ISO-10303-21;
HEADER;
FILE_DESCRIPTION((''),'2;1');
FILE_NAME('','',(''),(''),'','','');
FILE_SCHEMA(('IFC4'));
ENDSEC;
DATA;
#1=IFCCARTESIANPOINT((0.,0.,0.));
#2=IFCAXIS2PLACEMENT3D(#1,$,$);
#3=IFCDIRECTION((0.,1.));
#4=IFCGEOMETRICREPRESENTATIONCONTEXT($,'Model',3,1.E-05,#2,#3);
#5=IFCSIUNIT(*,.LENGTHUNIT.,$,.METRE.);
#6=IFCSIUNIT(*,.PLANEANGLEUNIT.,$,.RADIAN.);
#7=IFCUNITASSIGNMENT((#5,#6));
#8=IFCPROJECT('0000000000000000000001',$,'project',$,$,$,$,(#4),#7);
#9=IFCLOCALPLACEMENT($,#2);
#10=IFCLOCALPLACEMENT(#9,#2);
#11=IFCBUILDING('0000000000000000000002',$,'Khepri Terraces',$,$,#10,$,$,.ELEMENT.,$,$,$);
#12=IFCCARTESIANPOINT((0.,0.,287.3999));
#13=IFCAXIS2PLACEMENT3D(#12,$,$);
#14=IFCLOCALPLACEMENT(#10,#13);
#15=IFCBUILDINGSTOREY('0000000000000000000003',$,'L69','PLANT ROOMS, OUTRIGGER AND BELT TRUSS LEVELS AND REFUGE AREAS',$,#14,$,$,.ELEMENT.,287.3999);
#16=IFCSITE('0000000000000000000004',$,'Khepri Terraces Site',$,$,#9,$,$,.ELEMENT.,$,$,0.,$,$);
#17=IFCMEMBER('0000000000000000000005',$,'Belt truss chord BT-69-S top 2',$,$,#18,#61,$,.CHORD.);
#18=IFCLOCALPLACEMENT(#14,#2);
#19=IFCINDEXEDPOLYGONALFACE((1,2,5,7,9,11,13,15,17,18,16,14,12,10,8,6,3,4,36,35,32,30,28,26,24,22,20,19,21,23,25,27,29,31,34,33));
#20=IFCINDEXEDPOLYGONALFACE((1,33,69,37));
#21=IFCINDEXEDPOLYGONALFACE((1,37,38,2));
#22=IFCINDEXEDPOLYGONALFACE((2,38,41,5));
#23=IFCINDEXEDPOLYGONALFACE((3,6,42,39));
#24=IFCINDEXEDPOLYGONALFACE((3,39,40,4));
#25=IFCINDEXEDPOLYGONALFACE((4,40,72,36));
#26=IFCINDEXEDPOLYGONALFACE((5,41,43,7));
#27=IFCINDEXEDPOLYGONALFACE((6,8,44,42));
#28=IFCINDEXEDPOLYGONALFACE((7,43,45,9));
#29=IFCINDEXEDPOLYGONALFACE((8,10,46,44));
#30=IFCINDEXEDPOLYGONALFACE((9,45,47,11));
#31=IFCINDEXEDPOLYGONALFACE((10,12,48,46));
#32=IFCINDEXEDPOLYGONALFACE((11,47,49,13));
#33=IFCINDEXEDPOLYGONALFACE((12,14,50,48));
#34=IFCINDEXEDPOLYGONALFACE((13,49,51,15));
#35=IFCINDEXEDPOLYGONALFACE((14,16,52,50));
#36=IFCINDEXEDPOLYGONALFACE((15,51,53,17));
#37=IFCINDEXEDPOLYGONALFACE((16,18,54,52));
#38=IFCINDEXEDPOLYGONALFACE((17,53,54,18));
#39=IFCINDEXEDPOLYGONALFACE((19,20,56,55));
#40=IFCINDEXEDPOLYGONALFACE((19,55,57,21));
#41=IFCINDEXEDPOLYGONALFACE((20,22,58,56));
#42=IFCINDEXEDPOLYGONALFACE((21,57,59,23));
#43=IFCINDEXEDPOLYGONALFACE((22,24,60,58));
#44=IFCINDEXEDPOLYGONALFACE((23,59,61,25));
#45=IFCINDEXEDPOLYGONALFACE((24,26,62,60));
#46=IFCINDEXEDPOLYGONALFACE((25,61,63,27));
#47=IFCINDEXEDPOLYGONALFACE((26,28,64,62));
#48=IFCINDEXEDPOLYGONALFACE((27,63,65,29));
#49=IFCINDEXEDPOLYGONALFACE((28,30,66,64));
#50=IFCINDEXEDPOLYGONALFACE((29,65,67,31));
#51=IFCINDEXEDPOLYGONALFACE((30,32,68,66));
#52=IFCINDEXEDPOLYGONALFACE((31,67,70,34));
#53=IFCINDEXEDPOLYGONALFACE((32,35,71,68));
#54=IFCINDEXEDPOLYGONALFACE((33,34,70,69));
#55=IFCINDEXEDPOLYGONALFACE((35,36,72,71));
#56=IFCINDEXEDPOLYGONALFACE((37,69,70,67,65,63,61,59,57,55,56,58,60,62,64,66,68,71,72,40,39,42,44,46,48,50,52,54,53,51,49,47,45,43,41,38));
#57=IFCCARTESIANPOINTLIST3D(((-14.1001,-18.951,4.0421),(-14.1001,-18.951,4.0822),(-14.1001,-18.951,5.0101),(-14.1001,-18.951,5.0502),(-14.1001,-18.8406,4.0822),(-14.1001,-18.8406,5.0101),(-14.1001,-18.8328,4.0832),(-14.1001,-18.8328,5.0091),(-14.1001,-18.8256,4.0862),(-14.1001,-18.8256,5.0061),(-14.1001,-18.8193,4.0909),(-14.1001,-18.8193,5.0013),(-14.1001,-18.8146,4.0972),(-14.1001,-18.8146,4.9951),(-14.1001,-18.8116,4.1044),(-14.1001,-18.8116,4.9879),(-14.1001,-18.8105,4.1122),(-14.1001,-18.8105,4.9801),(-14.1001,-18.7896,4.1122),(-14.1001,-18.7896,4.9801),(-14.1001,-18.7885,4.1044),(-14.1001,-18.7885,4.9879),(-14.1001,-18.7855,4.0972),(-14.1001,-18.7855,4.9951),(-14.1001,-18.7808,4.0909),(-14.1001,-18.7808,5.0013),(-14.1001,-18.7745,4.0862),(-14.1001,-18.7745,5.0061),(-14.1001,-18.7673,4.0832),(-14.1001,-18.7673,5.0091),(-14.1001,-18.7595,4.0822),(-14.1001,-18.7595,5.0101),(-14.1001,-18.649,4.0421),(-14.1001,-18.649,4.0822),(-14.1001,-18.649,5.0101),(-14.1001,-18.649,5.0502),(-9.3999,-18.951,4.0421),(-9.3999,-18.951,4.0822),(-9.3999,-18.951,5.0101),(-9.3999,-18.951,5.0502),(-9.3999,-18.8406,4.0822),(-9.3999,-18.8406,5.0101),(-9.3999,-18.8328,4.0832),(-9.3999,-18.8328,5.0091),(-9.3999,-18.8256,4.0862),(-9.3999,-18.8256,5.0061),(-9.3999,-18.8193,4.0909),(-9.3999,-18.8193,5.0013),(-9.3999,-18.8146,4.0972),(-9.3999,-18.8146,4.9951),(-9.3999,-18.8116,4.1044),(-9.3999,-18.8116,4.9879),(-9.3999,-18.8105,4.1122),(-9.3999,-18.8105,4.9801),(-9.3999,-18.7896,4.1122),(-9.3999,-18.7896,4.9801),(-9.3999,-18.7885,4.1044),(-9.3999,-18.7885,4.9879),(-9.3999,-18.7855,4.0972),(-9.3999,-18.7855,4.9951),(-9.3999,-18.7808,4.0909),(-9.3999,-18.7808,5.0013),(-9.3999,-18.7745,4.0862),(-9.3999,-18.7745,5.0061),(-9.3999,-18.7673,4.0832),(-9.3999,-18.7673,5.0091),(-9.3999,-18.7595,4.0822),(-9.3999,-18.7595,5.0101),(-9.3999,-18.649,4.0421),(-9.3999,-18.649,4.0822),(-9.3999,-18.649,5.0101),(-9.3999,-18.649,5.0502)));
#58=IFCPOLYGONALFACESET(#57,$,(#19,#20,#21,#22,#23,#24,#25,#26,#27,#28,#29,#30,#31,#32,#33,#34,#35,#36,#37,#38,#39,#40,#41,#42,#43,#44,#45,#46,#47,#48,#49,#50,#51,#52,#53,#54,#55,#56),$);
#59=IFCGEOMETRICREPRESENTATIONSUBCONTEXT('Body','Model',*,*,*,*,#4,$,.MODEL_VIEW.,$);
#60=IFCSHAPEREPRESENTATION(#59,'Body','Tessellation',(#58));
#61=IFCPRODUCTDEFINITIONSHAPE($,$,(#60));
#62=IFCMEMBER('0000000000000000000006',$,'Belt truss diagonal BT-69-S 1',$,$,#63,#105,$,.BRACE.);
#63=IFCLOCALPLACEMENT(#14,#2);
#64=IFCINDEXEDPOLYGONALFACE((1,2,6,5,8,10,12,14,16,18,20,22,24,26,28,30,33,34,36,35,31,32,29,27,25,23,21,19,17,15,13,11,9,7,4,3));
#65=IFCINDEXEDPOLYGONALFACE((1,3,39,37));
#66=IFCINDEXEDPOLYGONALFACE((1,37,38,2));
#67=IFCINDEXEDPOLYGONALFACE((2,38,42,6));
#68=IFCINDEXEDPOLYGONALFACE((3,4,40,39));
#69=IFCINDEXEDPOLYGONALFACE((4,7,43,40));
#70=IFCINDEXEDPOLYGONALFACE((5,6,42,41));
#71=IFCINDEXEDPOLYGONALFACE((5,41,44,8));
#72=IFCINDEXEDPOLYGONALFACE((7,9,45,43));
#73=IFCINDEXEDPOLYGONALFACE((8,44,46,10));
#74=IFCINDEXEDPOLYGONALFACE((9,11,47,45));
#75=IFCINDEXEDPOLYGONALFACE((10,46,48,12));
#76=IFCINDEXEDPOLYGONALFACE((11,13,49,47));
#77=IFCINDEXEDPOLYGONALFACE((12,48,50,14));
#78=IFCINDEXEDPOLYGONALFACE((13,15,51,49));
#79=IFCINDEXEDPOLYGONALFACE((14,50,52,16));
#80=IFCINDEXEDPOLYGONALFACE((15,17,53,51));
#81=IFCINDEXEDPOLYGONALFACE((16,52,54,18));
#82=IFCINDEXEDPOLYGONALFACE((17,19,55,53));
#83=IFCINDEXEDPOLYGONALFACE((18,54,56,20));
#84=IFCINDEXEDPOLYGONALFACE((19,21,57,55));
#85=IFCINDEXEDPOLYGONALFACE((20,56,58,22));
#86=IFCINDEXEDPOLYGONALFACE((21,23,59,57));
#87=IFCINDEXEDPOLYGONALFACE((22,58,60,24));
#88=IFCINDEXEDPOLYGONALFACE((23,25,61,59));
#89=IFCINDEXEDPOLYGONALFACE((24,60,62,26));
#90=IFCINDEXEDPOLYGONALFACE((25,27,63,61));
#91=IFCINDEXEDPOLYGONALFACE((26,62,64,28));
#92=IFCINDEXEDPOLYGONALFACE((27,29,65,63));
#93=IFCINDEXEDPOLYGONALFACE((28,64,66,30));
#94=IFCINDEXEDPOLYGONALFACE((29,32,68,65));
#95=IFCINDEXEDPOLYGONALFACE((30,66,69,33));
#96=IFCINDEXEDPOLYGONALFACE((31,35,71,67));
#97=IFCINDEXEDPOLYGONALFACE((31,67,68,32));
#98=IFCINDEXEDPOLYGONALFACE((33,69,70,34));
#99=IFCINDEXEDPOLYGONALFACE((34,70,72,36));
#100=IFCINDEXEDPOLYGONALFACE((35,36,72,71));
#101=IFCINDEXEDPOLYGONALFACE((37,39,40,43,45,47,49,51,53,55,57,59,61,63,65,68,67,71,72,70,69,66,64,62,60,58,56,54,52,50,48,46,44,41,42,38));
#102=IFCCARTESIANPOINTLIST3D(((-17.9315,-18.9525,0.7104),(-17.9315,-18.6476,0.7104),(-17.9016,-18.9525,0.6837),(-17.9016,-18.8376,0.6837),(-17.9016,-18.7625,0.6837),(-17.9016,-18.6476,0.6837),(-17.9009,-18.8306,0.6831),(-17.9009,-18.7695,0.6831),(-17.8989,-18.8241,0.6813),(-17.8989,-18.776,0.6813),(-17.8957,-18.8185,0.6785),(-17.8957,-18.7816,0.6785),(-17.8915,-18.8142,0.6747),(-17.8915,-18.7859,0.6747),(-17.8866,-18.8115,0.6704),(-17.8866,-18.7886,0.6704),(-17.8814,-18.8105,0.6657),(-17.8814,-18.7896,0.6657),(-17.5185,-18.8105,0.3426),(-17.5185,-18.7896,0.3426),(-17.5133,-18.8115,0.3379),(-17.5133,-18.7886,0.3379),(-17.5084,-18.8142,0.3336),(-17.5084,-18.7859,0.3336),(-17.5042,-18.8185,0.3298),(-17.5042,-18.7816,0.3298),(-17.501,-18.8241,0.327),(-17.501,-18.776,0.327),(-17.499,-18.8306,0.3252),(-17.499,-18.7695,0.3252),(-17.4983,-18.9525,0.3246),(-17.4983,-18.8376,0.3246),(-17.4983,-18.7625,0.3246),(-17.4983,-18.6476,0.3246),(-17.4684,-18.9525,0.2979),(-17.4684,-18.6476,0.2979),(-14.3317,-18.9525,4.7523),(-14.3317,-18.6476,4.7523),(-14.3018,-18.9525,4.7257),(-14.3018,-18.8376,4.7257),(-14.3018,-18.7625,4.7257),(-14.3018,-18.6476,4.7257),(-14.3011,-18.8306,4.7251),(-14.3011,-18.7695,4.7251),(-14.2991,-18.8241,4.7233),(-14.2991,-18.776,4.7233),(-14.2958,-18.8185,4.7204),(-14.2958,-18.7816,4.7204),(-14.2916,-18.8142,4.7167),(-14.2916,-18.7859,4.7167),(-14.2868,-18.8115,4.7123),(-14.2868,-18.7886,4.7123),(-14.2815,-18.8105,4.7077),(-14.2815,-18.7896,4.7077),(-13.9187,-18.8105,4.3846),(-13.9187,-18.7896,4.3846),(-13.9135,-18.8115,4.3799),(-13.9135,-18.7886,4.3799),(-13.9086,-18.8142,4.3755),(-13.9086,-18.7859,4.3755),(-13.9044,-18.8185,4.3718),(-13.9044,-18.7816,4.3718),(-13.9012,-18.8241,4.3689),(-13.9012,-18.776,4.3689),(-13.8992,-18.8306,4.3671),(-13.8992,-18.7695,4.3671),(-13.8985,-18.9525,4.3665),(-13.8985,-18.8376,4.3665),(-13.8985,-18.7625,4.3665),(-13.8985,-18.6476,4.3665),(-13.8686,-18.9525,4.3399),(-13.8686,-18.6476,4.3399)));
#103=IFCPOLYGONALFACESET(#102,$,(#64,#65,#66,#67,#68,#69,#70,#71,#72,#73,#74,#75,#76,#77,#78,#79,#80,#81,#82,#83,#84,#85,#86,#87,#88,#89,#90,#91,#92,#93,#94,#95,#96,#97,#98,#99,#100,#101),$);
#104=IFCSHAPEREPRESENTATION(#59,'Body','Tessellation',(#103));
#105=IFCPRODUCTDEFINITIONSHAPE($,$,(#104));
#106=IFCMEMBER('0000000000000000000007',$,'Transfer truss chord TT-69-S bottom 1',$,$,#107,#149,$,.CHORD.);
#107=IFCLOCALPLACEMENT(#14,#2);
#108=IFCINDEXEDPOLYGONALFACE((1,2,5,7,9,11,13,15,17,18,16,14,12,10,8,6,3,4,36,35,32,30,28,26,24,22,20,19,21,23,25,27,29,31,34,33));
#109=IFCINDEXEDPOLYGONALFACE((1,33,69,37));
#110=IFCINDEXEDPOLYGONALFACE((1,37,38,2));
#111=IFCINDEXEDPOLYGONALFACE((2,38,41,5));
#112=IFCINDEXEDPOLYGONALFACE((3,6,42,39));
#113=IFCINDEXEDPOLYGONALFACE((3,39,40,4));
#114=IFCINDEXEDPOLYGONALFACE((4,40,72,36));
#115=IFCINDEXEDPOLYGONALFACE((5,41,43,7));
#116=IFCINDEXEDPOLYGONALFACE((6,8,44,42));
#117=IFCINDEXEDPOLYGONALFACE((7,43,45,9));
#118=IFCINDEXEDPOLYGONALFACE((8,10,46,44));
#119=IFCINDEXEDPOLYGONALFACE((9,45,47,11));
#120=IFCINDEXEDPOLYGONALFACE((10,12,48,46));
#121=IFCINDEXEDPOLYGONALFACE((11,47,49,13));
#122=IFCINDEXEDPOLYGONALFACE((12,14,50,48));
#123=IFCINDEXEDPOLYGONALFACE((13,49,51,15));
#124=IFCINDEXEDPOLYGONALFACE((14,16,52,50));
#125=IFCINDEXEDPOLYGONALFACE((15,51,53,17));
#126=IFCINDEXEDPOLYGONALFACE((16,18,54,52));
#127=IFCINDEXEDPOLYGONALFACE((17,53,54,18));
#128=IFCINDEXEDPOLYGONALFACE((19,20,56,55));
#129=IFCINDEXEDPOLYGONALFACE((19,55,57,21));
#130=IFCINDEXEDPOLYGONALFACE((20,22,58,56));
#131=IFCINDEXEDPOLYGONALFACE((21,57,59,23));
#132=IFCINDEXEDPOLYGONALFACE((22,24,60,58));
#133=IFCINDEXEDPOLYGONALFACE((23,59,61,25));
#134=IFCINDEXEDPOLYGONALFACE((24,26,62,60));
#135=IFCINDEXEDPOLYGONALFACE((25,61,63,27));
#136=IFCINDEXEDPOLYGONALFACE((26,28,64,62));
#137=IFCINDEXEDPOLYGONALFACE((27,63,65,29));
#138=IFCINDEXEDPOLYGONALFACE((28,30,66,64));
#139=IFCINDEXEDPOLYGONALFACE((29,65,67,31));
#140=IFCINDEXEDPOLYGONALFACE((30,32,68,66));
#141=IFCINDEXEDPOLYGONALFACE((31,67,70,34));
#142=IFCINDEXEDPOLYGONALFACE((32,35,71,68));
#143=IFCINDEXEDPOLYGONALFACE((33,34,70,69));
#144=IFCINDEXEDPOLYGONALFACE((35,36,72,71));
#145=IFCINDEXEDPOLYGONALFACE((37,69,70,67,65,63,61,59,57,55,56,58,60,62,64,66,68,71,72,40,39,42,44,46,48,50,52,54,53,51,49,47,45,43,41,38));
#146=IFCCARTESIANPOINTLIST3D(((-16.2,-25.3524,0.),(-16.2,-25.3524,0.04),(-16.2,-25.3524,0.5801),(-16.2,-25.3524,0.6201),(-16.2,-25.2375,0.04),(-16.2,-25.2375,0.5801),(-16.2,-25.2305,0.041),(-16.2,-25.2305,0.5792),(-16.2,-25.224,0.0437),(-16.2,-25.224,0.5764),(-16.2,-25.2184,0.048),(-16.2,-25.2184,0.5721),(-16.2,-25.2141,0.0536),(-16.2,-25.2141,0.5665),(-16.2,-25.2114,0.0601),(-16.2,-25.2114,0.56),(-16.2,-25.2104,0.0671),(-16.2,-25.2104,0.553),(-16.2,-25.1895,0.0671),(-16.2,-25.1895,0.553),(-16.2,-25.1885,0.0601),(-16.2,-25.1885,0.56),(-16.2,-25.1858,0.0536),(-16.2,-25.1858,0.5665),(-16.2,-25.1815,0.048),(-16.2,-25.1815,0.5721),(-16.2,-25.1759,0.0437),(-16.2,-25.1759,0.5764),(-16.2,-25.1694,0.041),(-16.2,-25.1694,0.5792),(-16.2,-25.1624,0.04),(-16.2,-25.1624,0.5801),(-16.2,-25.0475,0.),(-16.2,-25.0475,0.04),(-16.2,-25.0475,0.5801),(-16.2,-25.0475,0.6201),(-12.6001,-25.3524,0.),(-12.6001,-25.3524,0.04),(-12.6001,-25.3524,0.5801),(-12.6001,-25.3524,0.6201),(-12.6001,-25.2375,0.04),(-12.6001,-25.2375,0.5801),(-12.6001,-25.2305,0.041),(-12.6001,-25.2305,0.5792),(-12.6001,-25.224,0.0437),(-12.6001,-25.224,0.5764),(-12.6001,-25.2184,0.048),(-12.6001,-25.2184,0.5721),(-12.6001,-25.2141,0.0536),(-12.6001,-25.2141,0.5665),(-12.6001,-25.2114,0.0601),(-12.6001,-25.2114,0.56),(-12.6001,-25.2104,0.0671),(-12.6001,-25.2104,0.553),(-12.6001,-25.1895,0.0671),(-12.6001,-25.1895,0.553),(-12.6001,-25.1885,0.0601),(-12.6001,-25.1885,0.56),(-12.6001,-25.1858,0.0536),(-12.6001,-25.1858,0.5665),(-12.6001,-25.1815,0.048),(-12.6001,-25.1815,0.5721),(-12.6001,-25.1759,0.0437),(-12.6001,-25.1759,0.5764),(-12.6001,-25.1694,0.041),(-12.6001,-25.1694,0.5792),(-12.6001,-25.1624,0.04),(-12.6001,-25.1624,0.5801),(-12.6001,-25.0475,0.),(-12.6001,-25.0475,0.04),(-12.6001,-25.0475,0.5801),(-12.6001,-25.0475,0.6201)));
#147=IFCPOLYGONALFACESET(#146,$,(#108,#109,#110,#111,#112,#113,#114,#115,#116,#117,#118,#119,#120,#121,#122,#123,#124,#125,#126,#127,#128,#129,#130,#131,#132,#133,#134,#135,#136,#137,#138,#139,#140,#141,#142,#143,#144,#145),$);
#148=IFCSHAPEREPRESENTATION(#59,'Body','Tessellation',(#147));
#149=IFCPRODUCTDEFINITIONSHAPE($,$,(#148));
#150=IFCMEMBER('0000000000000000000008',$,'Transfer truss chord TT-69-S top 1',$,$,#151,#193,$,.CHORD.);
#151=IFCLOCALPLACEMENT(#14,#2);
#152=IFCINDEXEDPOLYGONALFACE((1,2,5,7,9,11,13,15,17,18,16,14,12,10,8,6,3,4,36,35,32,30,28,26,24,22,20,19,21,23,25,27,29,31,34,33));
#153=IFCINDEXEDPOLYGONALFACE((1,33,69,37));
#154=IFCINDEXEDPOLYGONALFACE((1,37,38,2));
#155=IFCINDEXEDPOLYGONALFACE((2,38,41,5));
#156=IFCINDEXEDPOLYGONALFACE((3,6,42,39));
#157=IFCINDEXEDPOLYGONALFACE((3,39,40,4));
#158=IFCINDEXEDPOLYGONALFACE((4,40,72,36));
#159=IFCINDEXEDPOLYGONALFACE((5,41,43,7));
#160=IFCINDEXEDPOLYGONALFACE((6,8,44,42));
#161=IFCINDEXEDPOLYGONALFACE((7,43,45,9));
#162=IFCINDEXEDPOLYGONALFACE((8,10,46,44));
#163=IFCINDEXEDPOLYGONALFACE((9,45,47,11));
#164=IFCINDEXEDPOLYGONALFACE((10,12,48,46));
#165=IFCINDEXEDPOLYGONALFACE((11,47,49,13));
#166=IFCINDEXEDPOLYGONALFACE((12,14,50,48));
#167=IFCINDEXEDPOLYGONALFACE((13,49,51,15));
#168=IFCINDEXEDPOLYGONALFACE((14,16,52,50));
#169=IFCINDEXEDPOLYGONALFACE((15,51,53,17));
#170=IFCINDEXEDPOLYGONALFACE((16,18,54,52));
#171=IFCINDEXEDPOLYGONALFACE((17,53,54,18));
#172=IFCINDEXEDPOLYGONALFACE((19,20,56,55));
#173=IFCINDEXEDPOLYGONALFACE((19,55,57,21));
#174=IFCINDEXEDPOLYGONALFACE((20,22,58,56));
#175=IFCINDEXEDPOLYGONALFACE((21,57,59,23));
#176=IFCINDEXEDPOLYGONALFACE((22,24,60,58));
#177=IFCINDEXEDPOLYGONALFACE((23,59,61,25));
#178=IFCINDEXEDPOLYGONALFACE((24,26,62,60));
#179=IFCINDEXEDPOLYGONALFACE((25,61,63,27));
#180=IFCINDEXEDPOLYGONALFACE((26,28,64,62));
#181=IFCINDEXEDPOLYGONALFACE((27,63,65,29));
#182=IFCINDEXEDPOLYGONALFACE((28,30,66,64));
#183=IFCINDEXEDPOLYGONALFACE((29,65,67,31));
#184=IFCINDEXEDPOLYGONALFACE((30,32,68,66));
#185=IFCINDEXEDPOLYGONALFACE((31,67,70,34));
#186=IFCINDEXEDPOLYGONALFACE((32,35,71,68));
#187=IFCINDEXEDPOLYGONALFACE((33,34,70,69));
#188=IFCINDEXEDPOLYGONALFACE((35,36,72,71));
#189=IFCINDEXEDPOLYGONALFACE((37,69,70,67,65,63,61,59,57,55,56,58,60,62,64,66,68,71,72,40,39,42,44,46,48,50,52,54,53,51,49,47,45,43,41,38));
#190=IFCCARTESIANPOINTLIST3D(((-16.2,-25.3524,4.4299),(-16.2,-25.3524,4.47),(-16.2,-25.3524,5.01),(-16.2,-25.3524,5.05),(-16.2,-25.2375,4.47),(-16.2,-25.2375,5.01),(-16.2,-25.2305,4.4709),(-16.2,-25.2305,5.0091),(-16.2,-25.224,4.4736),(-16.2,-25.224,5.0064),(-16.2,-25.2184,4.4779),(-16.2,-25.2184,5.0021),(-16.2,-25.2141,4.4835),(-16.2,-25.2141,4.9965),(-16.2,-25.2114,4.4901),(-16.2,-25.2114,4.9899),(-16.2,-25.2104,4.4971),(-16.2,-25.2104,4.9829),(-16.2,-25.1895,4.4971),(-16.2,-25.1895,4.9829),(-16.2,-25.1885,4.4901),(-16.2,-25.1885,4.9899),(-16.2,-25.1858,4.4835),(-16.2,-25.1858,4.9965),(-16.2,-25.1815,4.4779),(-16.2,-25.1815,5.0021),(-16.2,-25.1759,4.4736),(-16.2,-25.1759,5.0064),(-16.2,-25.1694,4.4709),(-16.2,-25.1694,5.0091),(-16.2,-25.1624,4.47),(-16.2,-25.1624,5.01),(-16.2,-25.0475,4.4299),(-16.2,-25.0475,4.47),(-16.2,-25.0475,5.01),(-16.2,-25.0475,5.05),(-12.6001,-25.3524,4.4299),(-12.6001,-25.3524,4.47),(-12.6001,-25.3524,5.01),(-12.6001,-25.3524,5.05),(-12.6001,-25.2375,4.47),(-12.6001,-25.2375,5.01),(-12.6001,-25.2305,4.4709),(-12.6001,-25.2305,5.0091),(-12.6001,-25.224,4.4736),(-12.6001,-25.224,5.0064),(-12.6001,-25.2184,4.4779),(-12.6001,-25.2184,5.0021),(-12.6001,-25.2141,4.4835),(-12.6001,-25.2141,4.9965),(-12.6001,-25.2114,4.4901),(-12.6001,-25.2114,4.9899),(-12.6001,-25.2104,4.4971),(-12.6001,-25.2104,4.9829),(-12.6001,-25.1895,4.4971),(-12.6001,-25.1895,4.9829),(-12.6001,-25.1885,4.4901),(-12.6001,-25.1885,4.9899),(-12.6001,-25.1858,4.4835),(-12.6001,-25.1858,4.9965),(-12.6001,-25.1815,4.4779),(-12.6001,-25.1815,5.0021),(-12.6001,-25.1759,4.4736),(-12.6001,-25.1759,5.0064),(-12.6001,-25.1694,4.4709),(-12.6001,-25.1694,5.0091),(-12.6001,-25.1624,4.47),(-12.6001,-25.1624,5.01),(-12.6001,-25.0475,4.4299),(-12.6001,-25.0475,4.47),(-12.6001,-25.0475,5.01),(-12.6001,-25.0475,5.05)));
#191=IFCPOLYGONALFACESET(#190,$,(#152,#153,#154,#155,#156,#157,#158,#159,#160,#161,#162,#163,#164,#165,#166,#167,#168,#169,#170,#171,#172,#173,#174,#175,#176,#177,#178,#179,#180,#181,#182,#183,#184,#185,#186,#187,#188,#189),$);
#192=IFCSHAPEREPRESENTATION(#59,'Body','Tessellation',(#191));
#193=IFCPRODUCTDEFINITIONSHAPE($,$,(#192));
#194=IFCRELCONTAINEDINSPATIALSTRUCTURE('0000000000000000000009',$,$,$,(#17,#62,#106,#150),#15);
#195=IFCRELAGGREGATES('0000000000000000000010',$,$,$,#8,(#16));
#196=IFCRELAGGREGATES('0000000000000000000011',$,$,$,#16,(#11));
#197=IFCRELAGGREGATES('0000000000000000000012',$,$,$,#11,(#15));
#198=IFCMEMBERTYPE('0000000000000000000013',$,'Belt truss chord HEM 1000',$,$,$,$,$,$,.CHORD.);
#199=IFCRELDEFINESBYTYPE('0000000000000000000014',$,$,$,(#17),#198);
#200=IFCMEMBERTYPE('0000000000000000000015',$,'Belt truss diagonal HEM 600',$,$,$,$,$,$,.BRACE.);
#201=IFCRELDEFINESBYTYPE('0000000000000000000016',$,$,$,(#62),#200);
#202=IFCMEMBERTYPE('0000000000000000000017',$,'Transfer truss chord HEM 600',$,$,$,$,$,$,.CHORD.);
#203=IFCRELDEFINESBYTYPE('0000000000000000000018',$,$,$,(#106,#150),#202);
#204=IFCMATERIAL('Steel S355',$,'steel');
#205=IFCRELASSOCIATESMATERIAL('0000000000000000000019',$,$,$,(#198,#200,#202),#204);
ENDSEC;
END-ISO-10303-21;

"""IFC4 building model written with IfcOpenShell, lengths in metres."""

from ifc_helpers import new_model, si_unit, direction, frame, origin, origin_2d, place, context, subcontext, project, spatial, i_section, extrude, material, material_profile, profile_set, type_object, element, save


model = new_model("IFC4")

# Units and contexts
model_context = context("Model", 3, precision=1e-05, world=origin(), true_north=direction((0.0, 1.0)))
body_context = subcontext(model_context, "Body", "Model", "MODEL_VIEW")
ifc_project = project(units=[si_unit("LENGTHUNIT", "METRE"), si_unit("PLANEANGLEUNIT", "RADIAN")], contexts=[model_context])

# Site, building, storey
site_placement = place(None, origin())
site = spatial("IfcSite", under=ifc_project, at=site_placement, Name="Khepri Terraces Site", CompositionType="ELEMENT", RefElevation=0.0)
building_placement = place(site_placement, origin())
building = spatial("IfcBuilding", under=site, at=building_placement, Name="Khepri Terraces", CompositionType="ELEMENT")
storey_placement = place(building_placement, frame((0.0, 0.0, 287.3999)))
storey = spatial("IfcBuildingStorey", under=building, at=storey_placement, Name="L69", Description="PLANT ROOMS, OUTRIGGER AND BELT TRUSS LEVELS AND REFUGE AREAS", CompositionType="ELEMENT", Elevation=287.3999)

# Members
ifc_material_1 = material(Name="Steel S355", Category="steel")
ifc_material_profile_1 = material_profile(ifc_material_1, i_section(OverallWidth=0.302, OverallDepth=1.0081, WebThickness=0.021, FlangeThickness=0.04, FilletRadius=0.03, at=origin_2d()), Name="Steel S355", Category="steel")
ifc_profile_set_1 = profile_set([ifc_material_profile_1], Name="Steel S355")
member_type_1 = type_object("IfcMemberType", Name="Belt truss chord HEM 1000", PredefinedType="CHORD", material=ifc_profile_set_1)
for number, where, z_axis, x_axis, name in (
    (1, (-14.1001, -18.8, 4.5461), (1.0, 0.0, 0.0), (0.0, 1.0, 0.0), "Belt truss chord BT-69-S top 2"),
):
    element("IfcMember", number, at=place(storey_placement, frame(where, z_axis=z_axis, x_axis=x_axis)), inside=storey, type_object=member_type_1, Name=name, PredefinedType="CHORD", context=body_context, shape_type="SweptSolid", body=[
        extrude(i_section(OverallWidth=0.302, OverallDepth=1.0081, WebThickness=0.021, FlangeThickness=0.04, FilletRadius=0.03, at=origin_2d()), origin(), (0.0, 0.0, 1.0), 4.7002),
    ])
ifc_material_profile_2 = material_profile(ifc_material_1, i_section(OverallWidth=0.3049, OverallDepth=0.6201, WebThickness=0.021, FlangeThickness=0.04, FilletRadius=0.0271, at=origin_2d()), Name="Steel S355", Category="steel")
ifc_profile_set_2 = profile_set([ifc_material_profile_2], Name="Steel S355")
member_type_2 = type_object("IfcMemberType", Name="Belt truss diagonal HEM 600", PredefinedType="BRACE", material=ifc_profile_set_2)
member_1_placement = place(storey_placement, frame((-17.7, -18.8, 0.5042), z_axis=(0.665083, 0.0, 0.746769), x_axis=(0.0, 1.0, 0.0)))
element("IfcMember", 2, at=member_1_placement, inside=storey, type_object=member_type_2, Name="Belt truss diagonal BT-69-S 1", PredefinedType="BRACE", context=body_context, shape_type="SweptSolid", body=[
    extrude(i_section(OverallWidth=0.3049, OverallDepth=0.6201, WebThickness=0.021, FlangeThickness=0.04, FilletRadius=0.0271, at=origin_2d()), origin(), (0.0, 0.0, 1.0), 5.4126),
])
ifc_material_profile_3 = material_profile(ifc_material_1, i_section(OverallWidth=0.3049, OverallDepth=0.6201, WebThickness=0.021, FlangeThickness=0.04, FilletRadius=0.0271, at=origin_2d()), Name="Steel S355", Category="steel")
ifc_profile_set_3 = profile_set([ifc_material_profile_3], Name="Steel S355")
member_type_3 = type_object("IfcMemberType", Name="Transfer truss chord HEM 600", PredefinedType="CHORD", material=ifc_profile_set_3)
for number, where, z_axis, x_axis, name in (
    (3, (-16.2, -25.2, 0.3101), (1.0, 0.0, 0.0), (0.0, 1.0, 0.0), "Transfer truss chord TT-69-S bottom 1"),
    (4, (-16.2, -25.2, 4.74), (1.0, 0.0, 0.0), (0.0, 1.0, 0.0), "Transfer truss chord TT-69-S top 1"),
):
    element("IfcMember", number, at=place(storey_placement, frame(where, z_axis=z_axis, x_axis=x_axis)), inside=storey, type_object=member_type_3, Name=name, PredefinedType="CHORD", context=body_context, shape_type="SweptSolid", body=[
        extrude(i_section(OverallWidth=0.3049, OverallDepth=0.6201, WebThickness=0.021, FlangeThickness=0.04, FilletRadius=0.0271, at=origin_2d()), origin(), (0.0, 0.0, 1.0), 3.5999),
    ])

save(model, "model.ifc")
